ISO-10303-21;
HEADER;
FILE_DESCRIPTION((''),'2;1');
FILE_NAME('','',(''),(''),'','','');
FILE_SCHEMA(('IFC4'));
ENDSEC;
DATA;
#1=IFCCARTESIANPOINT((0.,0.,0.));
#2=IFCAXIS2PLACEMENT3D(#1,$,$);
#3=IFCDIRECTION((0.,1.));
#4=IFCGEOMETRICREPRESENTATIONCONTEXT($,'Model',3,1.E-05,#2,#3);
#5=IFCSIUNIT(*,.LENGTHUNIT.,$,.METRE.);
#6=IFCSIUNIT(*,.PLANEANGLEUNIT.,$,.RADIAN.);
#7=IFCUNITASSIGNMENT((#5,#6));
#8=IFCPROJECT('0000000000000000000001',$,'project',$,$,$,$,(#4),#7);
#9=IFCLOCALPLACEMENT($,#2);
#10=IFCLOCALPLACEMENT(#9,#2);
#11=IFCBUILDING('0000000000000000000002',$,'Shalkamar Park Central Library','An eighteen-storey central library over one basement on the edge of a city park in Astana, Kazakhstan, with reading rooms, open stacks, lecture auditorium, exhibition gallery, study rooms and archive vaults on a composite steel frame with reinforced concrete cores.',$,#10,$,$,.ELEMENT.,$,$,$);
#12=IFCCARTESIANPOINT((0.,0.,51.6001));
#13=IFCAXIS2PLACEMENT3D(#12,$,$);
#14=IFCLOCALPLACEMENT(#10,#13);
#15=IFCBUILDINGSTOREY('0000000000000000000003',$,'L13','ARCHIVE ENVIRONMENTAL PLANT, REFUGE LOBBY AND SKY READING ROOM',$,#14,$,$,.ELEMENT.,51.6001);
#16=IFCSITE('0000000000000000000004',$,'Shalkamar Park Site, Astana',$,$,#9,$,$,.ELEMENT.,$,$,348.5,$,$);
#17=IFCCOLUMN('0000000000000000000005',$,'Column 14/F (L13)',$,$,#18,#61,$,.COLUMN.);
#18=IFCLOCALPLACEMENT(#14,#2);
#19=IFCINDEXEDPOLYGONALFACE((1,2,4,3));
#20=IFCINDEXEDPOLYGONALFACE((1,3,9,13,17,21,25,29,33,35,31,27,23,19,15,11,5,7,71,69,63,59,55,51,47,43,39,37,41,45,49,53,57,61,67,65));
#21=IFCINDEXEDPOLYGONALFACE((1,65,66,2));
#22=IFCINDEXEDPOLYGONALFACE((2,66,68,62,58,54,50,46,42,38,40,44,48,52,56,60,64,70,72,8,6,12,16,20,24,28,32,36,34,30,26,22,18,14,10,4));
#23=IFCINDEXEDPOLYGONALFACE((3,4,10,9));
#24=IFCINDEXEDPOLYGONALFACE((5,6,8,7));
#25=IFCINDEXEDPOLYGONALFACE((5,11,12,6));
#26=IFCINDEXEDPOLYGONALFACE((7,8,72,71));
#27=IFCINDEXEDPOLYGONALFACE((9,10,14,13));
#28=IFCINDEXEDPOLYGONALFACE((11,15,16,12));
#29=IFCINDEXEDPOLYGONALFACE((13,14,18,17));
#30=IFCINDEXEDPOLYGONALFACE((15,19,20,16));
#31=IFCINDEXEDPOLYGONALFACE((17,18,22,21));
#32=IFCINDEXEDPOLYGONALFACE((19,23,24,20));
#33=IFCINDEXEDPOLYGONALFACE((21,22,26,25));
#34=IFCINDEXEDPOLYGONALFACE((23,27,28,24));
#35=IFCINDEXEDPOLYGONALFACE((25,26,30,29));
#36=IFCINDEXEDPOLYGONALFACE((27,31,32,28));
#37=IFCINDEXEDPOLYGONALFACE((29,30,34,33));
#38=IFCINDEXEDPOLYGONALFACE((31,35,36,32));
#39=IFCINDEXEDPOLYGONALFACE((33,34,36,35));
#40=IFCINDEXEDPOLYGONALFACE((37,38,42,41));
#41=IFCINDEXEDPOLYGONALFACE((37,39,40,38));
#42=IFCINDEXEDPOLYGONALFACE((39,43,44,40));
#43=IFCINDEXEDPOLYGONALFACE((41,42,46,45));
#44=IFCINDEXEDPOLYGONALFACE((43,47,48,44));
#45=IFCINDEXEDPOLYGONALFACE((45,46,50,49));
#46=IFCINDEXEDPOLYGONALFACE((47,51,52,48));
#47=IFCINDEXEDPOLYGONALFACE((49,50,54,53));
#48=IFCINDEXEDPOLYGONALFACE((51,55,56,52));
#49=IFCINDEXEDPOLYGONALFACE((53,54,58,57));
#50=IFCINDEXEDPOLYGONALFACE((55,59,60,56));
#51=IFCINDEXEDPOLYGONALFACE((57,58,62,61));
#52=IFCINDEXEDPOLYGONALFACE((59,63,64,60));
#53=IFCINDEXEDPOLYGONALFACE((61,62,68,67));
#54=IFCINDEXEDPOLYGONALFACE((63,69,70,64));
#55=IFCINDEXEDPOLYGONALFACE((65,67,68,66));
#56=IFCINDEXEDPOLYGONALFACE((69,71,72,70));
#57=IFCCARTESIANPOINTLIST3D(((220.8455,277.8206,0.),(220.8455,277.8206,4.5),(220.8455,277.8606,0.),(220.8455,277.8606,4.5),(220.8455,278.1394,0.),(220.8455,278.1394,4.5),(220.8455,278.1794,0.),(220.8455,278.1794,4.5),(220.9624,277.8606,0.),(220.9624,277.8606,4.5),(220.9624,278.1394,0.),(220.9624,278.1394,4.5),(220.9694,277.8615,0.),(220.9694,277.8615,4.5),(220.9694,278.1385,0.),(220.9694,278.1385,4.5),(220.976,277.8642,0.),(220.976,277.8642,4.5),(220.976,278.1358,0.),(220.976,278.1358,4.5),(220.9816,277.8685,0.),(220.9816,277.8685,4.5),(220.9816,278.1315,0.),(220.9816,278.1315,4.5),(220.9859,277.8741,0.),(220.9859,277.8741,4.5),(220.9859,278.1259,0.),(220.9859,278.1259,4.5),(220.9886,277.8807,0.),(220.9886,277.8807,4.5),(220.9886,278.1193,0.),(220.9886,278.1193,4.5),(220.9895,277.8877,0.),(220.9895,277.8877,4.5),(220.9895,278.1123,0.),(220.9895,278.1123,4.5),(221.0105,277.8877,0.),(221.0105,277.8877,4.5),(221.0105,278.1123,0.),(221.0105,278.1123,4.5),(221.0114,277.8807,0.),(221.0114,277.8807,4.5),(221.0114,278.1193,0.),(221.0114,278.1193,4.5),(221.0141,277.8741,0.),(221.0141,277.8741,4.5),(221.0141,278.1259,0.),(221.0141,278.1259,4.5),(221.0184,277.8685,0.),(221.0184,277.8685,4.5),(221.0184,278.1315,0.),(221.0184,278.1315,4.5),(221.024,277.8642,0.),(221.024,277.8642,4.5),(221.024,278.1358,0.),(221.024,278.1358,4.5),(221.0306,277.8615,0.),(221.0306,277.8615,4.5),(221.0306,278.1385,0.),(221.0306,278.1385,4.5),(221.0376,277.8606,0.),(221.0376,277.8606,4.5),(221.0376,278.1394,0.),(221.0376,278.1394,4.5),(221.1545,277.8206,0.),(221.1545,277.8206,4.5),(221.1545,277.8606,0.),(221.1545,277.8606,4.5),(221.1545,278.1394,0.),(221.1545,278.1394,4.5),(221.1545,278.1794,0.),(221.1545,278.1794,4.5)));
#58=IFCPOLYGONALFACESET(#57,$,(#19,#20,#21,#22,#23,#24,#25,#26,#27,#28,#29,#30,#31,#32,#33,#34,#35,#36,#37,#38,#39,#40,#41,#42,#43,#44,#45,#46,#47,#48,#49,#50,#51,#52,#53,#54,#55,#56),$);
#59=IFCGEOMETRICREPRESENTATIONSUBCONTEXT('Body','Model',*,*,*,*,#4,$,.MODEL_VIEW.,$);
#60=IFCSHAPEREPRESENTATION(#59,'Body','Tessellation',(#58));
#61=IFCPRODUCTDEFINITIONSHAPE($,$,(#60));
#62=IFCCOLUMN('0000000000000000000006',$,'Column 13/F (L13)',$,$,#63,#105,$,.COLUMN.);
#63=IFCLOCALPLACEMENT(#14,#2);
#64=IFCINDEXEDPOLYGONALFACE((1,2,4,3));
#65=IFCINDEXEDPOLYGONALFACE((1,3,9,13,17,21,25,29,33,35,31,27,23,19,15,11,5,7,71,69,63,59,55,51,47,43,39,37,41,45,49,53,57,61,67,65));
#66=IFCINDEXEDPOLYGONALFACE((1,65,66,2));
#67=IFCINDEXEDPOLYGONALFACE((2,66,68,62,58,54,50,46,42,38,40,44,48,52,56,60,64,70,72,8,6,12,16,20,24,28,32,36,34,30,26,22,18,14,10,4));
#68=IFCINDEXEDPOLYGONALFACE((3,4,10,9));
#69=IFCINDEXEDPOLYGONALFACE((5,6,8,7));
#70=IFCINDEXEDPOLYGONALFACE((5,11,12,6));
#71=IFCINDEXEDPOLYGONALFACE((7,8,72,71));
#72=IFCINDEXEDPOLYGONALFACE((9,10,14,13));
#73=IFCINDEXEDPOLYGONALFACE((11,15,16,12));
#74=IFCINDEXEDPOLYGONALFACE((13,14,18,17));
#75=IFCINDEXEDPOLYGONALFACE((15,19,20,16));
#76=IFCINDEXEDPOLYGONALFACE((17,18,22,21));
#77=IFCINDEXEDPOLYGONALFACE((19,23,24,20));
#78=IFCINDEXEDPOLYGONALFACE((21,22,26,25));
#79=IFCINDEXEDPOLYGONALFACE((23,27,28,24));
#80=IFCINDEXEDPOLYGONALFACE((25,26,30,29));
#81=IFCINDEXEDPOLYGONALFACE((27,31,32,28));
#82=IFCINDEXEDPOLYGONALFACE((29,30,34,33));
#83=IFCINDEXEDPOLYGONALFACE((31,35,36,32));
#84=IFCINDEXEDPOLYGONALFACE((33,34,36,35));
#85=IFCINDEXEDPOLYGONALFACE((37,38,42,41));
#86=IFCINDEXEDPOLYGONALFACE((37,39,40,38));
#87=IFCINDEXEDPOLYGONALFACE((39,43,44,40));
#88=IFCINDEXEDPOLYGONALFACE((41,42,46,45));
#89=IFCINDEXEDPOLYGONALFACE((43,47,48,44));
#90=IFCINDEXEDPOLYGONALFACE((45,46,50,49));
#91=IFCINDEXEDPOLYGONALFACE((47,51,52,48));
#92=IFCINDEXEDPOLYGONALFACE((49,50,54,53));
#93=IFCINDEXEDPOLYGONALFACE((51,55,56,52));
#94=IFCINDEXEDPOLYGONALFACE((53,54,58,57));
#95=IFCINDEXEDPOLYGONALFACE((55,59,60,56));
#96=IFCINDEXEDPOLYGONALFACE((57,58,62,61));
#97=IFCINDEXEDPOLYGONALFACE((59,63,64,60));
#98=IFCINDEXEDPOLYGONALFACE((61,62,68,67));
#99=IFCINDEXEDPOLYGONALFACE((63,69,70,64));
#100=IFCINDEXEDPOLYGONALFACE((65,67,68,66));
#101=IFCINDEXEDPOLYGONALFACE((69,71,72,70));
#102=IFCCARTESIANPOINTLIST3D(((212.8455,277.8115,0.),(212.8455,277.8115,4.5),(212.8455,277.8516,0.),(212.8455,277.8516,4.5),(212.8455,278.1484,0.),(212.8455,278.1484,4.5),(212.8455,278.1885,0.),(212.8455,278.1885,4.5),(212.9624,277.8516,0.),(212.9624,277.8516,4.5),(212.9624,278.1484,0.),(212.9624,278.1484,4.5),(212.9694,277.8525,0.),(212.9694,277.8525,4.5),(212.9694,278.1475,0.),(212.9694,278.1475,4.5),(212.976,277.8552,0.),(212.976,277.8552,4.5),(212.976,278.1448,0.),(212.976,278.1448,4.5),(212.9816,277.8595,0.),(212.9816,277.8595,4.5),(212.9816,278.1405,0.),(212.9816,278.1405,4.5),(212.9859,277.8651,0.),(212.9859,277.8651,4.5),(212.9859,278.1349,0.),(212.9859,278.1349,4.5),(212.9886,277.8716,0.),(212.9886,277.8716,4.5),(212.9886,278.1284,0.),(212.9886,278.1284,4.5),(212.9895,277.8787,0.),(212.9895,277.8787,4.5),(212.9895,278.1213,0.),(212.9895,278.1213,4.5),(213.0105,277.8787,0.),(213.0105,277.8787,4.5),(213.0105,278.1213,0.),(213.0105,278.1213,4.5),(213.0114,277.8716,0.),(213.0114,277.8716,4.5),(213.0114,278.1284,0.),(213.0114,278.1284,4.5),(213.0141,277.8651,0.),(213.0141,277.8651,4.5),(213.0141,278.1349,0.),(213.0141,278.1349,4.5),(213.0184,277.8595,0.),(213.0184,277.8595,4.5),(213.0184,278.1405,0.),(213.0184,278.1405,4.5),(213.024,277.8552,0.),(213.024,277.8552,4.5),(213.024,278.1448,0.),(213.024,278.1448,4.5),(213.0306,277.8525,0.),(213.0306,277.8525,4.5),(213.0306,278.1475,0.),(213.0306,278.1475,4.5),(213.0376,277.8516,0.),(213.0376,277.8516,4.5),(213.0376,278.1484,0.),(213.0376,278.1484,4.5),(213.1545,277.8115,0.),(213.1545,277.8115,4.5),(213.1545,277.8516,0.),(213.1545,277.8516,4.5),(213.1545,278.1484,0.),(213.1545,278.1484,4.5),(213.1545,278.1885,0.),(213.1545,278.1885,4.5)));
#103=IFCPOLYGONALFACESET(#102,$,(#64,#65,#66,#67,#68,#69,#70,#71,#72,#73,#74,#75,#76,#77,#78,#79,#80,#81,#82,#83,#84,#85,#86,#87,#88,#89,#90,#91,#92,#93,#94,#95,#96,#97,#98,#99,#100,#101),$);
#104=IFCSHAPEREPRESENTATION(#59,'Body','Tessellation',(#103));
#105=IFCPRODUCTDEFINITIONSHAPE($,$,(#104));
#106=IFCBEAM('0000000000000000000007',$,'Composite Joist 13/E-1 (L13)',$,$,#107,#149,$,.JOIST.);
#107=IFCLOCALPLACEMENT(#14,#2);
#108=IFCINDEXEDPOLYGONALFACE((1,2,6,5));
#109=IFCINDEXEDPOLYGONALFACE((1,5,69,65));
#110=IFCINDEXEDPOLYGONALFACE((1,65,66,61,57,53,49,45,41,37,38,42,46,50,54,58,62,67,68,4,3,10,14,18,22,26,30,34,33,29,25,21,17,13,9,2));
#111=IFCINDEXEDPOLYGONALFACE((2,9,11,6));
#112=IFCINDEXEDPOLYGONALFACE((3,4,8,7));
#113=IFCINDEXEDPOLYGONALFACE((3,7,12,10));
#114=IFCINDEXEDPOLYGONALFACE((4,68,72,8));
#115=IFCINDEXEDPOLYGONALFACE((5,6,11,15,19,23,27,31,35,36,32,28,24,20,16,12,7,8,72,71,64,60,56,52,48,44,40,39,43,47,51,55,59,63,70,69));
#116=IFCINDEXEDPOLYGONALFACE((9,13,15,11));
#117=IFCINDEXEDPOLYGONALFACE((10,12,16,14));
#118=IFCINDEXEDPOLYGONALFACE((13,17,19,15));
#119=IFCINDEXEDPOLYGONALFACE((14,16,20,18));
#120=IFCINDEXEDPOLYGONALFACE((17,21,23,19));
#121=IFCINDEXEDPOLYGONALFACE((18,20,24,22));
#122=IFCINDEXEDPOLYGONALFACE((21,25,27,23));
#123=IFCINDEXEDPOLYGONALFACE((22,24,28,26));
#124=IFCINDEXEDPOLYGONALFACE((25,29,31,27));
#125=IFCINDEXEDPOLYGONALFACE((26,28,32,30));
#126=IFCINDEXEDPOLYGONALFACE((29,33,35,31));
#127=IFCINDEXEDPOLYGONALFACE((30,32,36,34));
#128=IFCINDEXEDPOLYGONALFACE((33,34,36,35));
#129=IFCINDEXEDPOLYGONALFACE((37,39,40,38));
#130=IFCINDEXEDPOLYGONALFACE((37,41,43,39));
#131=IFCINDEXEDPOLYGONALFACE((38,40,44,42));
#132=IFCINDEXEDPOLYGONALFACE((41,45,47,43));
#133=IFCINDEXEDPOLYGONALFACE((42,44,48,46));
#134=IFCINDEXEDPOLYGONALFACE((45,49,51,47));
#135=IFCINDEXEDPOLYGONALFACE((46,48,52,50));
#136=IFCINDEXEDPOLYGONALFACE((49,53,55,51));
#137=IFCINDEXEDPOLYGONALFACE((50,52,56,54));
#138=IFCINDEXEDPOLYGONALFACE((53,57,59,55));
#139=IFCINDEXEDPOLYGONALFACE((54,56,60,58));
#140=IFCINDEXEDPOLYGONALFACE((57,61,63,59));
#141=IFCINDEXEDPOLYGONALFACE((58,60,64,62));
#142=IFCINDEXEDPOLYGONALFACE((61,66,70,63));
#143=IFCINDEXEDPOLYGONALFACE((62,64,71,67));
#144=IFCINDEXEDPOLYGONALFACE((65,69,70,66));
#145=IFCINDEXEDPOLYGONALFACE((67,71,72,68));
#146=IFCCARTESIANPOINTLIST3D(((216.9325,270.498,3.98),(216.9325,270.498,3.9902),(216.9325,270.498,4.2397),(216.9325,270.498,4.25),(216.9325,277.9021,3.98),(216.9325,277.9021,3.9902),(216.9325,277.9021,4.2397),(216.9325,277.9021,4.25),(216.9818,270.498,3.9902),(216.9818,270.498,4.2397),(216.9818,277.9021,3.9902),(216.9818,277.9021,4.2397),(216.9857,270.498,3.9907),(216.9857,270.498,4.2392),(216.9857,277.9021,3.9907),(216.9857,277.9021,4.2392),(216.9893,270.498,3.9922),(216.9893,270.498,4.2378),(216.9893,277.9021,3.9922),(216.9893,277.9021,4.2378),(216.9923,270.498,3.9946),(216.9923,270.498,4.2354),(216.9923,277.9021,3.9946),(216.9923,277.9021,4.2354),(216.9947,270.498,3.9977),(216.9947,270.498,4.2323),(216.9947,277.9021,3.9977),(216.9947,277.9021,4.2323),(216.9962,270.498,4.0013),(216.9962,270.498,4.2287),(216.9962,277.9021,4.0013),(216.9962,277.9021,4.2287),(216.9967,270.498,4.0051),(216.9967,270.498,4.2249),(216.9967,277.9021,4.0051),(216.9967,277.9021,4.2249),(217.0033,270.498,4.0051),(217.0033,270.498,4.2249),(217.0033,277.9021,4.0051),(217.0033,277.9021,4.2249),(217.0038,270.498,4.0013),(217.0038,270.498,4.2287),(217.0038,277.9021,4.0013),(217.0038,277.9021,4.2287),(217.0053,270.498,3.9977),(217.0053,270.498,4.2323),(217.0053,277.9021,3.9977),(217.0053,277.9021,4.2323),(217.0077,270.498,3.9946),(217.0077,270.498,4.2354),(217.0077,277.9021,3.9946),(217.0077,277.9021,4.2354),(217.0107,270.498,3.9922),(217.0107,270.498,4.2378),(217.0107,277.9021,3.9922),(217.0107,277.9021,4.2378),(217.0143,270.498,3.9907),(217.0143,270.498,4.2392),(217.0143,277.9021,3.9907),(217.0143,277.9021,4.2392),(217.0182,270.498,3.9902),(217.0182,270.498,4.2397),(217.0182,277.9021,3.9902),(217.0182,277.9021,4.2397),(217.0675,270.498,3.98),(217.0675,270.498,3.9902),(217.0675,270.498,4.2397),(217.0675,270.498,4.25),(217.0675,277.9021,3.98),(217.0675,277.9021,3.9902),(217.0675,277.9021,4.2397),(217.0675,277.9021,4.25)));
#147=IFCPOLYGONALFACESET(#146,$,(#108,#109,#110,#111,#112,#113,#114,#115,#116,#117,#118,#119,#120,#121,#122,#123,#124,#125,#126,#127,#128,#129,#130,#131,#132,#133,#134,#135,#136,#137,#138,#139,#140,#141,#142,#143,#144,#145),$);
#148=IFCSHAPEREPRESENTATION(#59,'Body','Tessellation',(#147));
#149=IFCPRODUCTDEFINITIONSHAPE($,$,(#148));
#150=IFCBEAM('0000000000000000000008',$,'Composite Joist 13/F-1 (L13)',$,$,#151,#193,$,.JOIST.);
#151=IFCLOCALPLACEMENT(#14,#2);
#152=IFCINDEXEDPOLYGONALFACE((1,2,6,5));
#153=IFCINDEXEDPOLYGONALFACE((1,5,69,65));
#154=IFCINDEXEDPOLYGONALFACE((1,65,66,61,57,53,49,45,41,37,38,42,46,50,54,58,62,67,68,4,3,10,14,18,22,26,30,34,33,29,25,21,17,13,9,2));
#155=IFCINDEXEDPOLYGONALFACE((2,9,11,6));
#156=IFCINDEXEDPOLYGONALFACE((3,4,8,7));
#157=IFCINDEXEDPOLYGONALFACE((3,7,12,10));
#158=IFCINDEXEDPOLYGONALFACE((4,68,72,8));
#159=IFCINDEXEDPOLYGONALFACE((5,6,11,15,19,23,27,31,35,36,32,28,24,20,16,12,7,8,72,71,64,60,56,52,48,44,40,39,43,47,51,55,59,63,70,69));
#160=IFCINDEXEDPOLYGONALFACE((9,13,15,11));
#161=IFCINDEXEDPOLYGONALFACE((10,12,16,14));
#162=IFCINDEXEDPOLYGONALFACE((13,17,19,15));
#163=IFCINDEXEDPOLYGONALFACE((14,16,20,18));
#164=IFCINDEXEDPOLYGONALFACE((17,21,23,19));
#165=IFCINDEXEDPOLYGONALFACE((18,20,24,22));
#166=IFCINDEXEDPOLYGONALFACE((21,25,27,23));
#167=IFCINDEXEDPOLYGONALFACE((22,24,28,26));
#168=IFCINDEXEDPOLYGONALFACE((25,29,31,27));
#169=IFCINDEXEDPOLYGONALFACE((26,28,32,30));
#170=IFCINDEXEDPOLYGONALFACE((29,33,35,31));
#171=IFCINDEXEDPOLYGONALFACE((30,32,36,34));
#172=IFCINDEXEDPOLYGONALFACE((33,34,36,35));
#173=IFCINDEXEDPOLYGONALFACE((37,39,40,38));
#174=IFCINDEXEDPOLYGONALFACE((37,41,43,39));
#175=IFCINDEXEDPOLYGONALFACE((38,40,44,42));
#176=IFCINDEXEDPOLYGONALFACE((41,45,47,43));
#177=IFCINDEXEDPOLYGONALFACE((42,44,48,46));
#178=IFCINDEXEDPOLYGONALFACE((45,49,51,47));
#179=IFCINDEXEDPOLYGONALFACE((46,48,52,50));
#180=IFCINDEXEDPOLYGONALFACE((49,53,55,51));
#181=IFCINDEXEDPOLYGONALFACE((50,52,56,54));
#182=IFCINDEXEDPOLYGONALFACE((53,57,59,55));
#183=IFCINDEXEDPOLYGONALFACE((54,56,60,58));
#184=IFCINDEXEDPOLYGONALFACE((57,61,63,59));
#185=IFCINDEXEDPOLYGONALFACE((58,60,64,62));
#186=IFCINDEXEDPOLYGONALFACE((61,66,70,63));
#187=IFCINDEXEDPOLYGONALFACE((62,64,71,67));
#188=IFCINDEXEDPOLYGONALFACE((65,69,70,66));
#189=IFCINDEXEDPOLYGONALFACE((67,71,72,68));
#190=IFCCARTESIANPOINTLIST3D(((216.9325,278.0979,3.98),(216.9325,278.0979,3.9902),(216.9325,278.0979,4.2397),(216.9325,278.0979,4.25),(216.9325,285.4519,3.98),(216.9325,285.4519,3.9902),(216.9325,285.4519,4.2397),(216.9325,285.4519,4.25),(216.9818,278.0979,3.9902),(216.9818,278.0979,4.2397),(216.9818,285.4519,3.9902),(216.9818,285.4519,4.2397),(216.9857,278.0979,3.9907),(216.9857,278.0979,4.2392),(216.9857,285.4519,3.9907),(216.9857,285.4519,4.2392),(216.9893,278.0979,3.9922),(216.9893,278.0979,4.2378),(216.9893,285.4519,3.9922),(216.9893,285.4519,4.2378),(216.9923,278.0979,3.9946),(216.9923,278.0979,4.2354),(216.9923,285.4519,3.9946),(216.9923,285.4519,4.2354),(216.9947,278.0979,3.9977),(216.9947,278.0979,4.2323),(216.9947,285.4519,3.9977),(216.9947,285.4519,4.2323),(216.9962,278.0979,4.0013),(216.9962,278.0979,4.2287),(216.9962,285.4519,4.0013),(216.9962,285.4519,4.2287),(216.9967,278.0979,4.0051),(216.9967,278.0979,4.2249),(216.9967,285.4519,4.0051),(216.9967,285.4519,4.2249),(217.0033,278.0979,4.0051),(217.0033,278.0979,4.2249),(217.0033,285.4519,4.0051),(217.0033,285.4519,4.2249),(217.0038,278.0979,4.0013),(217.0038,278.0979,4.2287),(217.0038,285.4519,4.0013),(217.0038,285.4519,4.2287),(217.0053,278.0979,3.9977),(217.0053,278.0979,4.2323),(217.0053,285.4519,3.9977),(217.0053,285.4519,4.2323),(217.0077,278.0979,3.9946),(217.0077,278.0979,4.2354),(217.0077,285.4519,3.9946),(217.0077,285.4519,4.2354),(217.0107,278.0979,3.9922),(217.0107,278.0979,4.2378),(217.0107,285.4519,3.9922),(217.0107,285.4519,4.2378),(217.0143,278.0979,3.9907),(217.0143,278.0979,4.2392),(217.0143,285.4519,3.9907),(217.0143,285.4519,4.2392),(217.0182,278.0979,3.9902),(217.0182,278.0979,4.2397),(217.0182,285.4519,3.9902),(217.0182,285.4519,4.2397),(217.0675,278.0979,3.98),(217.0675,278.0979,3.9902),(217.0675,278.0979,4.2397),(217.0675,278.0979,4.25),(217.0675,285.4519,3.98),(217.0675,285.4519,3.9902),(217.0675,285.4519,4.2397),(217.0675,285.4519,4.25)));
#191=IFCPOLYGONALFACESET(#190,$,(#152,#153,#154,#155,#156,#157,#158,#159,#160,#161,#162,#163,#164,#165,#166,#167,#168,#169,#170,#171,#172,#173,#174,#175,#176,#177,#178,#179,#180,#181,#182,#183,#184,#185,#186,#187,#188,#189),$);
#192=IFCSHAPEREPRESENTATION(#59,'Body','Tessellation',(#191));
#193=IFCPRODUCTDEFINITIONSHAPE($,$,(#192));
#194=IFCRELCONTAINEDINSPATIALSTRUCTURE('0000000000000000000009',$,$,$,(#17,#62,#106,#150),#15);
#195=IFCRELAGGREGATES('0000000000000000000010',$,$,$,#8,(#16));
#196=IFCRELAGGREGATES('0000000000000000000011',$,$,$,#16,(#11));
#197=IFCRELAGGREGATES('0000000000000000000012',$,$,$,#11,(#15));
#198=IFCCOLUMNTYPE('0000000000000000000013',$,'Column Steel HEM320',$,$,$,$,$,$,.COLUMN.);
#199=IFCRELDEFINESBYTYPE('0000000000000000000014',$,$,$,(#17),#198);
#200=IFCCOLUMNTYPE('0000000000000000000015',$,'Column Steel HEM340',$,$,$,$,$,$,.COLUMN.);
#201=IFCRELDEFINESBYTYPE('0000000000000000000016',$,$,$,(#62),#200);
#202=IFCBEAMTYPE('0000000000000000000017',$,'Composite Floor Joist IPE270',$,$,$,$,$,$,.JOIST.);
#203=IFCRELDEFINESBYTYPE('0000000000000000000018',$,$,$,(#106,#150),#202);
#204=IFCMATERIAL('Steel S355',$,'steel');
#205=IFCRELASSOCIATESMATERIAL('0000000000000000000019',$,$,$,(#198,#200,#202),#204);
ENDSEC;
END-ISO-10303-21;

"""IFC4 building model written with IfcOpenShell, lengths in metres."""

from ifc_helpers import new_model, si_unit, direction, frame, origin, origin_2d, place, context, subcontext, project, spatial, i_section, extrude, material, material_profile, profile_set, type_object, element, save


model = new_model("IFC4")

# Units and contexts
model_context = context("Model", 3, precision=1e-05, world=origin(), true_north=direction((0.0, 1.0)))
body_context = subcontext(model_context, "Body", "Model", "MODEL_VIEW")
ifc_project = project(units=[si_unit("LENGTHUNIT", "METRE"), si_unit("PLANEANGLEUNIT", "RADIAN")], contexts=[model_context])

# Site, building, storey
site_placement = place(None, origin())
site = spatial("IfcSite", under=ifc_project, at=site_placement, Name="Shalkamar Park Site, Astana", CompositionType="ELEMENT", RefElevation=348.5)
building_placement = place(site_placement, origin())
building = spatial("IfcBuilding", under=site, at=building_placement, Name="Shalkamar Park Central Library", Description="An eighteen-storey central library over one basement on the edge of a city park in Astana, Kazakhstan, with reading rooms, open stacks, lecture auditorium, exhibition gallery, study rooms and archive vaults on a composite steel frame with reinforced concrete cores.", CompositionType="ELEMENT")
storey_placement = place(building_placement, frame((0.0, 0.0, 51.6001)))
storey = spatial("IfcBuildingStorey", under=building, at=storey_placement, Name="L13", Description="ARCHIVE ENVIRONMENTAL PLANT, REFUGE LOBBY AND SKY READING ROOM", CompositionType="ELEMENT", Elevation=51.6001)

# Columns
ifc_material_1 = material(Name="Steel S355", Category="steel")
ifc_material_profile_1 = material_profile(ifc_material_1, i_section(OverallWidth=0.3091, OverallDepth=0.3589, WebThickness=0.021, FlangeThickness=0.04, FilletRadius=0.0271, at=origin_2d()), Name="HEM 320")
ifc_profile_set_1 = profile_set([ifc_material_profile_1], Name="Steel S355")
column_type_1 = type_object("IfcColumnType", Name="Column Steel HEM320", PredefinedType="COLUMN", material=ifc_profile_set_1)
column_1_placement = place(storey_placement, frame((221.0, 278.0, 0.0), z_axis=(0.0, 0.0, 1.0), x_axis=(1.0, 0.0, 0.0)))
element("IfcColumn", 1, at=column_1_placement, inside=storey, type_object=column_type_1, Name="Column 14/F (L13)", PredefinedType="COLUMN", context=body_context, shape_type="SweptSolid", body=[
    extrude(i_section(OverallWidth=0.3091, OverallDepth=0.3589, WebThickness=0.021, FlangeThickness=0.04, FilletRadius=0.0271, at=origin_2d()), origin(), (0.0, 0.0, 1.0), 4.5),
])
ifc_material_profile_2 = material_profile(ifc_material_1, i_section(OverallWidth=0.3091, OverallDepth=0.377, WebThickness=0.021, FlangeThickness=0.04, FilletRadius=0.0271, at=origin_2d()), Name="HEM 340")
ifc_profile_set_2 = profile_set([ifc_material_profile_2], Name="Steel S355")
column_type_2 = type_object("IfcColumnType", Name="Column Steel HEM340", PredefinedType="COLUMN", material=ifc_profile_set_2)
column_2_placement = place(storey_placement, frame((213.0, 278.0, 0.0), z_axis=(0.0, 0.0, 1.0), x_axis=(1.0, 0.0, 0.0)))
element("IfcColumn", 2, at=column_2_placement, inside=storey, type_object=column_type_2, Name="Column 13/F (L13)", PredefinedType="COLUMN", context=body_context, shape_type="SweptSolid", body=[
    extrude(i_section(OverallWidth=0.3091, OverallDepth=0.377, WebThickness=0.021, FlangeThickness=0.04, FilletRadius=0.0271, at=origin_2d()), origin(), (0.0, 0.0, 1.0), 4.5),
])

# Beams
ifc_material_profile_3 = material_profile(ifc_material_1, i_section(OverallWidth=0.135, OverallDepth=0.27, WebThickness=0.0066, FlangeThickness=0.0103, FilletRadius=0.0149, at=origin_2d()), Name="IPE 270")
ifc_profile_set_3 = profile_set([ifc_material_profile_3], Name="Steel S355")
beam_type_1 = type_object("IfcBeamType", Name="Composite Floor Joist IPE270", PredefinedType="JOIST", material=ifc_profile_set_3)
beam_1_placement = place(storey_placement, frame((217.0, 270.498, 4.115), z_axis=(0.0, 1.0, 0.0), x_axis=(-1.0, 0.0, 0.0)))
element("IfcBeam", 3, at=beam_1_placement, inside=storey, type_object=beam_type_1, Name="Composite Joist 13/E-1 (L13)", PredefinedType="JOIST", context=body_context, shape_type="SweptSolid", body=[
    extrude(i_section(OverallWidth=0.135, OverallDepth=0.27, WebThickness=0.0066, FlangeThickness=0.0103, FilletRadius=0.0149, at=origin_2d()), origin(), (0.0, 0.0, 1.0), 7.4041),
])
beam_2_placement = place(storey_placement, frame((217.0, 278.0979, 4.115), z_axis=(0.0, 1.0, 0.0), x_axis=(-1.0, 0.0, 0.0)))
element("IfcBeam", 4, at=beam_2_placement, inside=storey, type_object=beam_type_1, Name="Composite Joist 13/F-1 (L13)", PredefinedType="JOIST", context=body_context, shape_type="SweptSolid", body=[
    extrude(i_section(OverallWidth=0.135, OverallDepth=0.27, WebThickness=0.0066, FlangeThickness=0.0103, FilletRadius=0.0149, at=origin_2d()), origin(), (0.0, 0.0, 1.0), 7.354),
])

save(model, "model.ifc")
